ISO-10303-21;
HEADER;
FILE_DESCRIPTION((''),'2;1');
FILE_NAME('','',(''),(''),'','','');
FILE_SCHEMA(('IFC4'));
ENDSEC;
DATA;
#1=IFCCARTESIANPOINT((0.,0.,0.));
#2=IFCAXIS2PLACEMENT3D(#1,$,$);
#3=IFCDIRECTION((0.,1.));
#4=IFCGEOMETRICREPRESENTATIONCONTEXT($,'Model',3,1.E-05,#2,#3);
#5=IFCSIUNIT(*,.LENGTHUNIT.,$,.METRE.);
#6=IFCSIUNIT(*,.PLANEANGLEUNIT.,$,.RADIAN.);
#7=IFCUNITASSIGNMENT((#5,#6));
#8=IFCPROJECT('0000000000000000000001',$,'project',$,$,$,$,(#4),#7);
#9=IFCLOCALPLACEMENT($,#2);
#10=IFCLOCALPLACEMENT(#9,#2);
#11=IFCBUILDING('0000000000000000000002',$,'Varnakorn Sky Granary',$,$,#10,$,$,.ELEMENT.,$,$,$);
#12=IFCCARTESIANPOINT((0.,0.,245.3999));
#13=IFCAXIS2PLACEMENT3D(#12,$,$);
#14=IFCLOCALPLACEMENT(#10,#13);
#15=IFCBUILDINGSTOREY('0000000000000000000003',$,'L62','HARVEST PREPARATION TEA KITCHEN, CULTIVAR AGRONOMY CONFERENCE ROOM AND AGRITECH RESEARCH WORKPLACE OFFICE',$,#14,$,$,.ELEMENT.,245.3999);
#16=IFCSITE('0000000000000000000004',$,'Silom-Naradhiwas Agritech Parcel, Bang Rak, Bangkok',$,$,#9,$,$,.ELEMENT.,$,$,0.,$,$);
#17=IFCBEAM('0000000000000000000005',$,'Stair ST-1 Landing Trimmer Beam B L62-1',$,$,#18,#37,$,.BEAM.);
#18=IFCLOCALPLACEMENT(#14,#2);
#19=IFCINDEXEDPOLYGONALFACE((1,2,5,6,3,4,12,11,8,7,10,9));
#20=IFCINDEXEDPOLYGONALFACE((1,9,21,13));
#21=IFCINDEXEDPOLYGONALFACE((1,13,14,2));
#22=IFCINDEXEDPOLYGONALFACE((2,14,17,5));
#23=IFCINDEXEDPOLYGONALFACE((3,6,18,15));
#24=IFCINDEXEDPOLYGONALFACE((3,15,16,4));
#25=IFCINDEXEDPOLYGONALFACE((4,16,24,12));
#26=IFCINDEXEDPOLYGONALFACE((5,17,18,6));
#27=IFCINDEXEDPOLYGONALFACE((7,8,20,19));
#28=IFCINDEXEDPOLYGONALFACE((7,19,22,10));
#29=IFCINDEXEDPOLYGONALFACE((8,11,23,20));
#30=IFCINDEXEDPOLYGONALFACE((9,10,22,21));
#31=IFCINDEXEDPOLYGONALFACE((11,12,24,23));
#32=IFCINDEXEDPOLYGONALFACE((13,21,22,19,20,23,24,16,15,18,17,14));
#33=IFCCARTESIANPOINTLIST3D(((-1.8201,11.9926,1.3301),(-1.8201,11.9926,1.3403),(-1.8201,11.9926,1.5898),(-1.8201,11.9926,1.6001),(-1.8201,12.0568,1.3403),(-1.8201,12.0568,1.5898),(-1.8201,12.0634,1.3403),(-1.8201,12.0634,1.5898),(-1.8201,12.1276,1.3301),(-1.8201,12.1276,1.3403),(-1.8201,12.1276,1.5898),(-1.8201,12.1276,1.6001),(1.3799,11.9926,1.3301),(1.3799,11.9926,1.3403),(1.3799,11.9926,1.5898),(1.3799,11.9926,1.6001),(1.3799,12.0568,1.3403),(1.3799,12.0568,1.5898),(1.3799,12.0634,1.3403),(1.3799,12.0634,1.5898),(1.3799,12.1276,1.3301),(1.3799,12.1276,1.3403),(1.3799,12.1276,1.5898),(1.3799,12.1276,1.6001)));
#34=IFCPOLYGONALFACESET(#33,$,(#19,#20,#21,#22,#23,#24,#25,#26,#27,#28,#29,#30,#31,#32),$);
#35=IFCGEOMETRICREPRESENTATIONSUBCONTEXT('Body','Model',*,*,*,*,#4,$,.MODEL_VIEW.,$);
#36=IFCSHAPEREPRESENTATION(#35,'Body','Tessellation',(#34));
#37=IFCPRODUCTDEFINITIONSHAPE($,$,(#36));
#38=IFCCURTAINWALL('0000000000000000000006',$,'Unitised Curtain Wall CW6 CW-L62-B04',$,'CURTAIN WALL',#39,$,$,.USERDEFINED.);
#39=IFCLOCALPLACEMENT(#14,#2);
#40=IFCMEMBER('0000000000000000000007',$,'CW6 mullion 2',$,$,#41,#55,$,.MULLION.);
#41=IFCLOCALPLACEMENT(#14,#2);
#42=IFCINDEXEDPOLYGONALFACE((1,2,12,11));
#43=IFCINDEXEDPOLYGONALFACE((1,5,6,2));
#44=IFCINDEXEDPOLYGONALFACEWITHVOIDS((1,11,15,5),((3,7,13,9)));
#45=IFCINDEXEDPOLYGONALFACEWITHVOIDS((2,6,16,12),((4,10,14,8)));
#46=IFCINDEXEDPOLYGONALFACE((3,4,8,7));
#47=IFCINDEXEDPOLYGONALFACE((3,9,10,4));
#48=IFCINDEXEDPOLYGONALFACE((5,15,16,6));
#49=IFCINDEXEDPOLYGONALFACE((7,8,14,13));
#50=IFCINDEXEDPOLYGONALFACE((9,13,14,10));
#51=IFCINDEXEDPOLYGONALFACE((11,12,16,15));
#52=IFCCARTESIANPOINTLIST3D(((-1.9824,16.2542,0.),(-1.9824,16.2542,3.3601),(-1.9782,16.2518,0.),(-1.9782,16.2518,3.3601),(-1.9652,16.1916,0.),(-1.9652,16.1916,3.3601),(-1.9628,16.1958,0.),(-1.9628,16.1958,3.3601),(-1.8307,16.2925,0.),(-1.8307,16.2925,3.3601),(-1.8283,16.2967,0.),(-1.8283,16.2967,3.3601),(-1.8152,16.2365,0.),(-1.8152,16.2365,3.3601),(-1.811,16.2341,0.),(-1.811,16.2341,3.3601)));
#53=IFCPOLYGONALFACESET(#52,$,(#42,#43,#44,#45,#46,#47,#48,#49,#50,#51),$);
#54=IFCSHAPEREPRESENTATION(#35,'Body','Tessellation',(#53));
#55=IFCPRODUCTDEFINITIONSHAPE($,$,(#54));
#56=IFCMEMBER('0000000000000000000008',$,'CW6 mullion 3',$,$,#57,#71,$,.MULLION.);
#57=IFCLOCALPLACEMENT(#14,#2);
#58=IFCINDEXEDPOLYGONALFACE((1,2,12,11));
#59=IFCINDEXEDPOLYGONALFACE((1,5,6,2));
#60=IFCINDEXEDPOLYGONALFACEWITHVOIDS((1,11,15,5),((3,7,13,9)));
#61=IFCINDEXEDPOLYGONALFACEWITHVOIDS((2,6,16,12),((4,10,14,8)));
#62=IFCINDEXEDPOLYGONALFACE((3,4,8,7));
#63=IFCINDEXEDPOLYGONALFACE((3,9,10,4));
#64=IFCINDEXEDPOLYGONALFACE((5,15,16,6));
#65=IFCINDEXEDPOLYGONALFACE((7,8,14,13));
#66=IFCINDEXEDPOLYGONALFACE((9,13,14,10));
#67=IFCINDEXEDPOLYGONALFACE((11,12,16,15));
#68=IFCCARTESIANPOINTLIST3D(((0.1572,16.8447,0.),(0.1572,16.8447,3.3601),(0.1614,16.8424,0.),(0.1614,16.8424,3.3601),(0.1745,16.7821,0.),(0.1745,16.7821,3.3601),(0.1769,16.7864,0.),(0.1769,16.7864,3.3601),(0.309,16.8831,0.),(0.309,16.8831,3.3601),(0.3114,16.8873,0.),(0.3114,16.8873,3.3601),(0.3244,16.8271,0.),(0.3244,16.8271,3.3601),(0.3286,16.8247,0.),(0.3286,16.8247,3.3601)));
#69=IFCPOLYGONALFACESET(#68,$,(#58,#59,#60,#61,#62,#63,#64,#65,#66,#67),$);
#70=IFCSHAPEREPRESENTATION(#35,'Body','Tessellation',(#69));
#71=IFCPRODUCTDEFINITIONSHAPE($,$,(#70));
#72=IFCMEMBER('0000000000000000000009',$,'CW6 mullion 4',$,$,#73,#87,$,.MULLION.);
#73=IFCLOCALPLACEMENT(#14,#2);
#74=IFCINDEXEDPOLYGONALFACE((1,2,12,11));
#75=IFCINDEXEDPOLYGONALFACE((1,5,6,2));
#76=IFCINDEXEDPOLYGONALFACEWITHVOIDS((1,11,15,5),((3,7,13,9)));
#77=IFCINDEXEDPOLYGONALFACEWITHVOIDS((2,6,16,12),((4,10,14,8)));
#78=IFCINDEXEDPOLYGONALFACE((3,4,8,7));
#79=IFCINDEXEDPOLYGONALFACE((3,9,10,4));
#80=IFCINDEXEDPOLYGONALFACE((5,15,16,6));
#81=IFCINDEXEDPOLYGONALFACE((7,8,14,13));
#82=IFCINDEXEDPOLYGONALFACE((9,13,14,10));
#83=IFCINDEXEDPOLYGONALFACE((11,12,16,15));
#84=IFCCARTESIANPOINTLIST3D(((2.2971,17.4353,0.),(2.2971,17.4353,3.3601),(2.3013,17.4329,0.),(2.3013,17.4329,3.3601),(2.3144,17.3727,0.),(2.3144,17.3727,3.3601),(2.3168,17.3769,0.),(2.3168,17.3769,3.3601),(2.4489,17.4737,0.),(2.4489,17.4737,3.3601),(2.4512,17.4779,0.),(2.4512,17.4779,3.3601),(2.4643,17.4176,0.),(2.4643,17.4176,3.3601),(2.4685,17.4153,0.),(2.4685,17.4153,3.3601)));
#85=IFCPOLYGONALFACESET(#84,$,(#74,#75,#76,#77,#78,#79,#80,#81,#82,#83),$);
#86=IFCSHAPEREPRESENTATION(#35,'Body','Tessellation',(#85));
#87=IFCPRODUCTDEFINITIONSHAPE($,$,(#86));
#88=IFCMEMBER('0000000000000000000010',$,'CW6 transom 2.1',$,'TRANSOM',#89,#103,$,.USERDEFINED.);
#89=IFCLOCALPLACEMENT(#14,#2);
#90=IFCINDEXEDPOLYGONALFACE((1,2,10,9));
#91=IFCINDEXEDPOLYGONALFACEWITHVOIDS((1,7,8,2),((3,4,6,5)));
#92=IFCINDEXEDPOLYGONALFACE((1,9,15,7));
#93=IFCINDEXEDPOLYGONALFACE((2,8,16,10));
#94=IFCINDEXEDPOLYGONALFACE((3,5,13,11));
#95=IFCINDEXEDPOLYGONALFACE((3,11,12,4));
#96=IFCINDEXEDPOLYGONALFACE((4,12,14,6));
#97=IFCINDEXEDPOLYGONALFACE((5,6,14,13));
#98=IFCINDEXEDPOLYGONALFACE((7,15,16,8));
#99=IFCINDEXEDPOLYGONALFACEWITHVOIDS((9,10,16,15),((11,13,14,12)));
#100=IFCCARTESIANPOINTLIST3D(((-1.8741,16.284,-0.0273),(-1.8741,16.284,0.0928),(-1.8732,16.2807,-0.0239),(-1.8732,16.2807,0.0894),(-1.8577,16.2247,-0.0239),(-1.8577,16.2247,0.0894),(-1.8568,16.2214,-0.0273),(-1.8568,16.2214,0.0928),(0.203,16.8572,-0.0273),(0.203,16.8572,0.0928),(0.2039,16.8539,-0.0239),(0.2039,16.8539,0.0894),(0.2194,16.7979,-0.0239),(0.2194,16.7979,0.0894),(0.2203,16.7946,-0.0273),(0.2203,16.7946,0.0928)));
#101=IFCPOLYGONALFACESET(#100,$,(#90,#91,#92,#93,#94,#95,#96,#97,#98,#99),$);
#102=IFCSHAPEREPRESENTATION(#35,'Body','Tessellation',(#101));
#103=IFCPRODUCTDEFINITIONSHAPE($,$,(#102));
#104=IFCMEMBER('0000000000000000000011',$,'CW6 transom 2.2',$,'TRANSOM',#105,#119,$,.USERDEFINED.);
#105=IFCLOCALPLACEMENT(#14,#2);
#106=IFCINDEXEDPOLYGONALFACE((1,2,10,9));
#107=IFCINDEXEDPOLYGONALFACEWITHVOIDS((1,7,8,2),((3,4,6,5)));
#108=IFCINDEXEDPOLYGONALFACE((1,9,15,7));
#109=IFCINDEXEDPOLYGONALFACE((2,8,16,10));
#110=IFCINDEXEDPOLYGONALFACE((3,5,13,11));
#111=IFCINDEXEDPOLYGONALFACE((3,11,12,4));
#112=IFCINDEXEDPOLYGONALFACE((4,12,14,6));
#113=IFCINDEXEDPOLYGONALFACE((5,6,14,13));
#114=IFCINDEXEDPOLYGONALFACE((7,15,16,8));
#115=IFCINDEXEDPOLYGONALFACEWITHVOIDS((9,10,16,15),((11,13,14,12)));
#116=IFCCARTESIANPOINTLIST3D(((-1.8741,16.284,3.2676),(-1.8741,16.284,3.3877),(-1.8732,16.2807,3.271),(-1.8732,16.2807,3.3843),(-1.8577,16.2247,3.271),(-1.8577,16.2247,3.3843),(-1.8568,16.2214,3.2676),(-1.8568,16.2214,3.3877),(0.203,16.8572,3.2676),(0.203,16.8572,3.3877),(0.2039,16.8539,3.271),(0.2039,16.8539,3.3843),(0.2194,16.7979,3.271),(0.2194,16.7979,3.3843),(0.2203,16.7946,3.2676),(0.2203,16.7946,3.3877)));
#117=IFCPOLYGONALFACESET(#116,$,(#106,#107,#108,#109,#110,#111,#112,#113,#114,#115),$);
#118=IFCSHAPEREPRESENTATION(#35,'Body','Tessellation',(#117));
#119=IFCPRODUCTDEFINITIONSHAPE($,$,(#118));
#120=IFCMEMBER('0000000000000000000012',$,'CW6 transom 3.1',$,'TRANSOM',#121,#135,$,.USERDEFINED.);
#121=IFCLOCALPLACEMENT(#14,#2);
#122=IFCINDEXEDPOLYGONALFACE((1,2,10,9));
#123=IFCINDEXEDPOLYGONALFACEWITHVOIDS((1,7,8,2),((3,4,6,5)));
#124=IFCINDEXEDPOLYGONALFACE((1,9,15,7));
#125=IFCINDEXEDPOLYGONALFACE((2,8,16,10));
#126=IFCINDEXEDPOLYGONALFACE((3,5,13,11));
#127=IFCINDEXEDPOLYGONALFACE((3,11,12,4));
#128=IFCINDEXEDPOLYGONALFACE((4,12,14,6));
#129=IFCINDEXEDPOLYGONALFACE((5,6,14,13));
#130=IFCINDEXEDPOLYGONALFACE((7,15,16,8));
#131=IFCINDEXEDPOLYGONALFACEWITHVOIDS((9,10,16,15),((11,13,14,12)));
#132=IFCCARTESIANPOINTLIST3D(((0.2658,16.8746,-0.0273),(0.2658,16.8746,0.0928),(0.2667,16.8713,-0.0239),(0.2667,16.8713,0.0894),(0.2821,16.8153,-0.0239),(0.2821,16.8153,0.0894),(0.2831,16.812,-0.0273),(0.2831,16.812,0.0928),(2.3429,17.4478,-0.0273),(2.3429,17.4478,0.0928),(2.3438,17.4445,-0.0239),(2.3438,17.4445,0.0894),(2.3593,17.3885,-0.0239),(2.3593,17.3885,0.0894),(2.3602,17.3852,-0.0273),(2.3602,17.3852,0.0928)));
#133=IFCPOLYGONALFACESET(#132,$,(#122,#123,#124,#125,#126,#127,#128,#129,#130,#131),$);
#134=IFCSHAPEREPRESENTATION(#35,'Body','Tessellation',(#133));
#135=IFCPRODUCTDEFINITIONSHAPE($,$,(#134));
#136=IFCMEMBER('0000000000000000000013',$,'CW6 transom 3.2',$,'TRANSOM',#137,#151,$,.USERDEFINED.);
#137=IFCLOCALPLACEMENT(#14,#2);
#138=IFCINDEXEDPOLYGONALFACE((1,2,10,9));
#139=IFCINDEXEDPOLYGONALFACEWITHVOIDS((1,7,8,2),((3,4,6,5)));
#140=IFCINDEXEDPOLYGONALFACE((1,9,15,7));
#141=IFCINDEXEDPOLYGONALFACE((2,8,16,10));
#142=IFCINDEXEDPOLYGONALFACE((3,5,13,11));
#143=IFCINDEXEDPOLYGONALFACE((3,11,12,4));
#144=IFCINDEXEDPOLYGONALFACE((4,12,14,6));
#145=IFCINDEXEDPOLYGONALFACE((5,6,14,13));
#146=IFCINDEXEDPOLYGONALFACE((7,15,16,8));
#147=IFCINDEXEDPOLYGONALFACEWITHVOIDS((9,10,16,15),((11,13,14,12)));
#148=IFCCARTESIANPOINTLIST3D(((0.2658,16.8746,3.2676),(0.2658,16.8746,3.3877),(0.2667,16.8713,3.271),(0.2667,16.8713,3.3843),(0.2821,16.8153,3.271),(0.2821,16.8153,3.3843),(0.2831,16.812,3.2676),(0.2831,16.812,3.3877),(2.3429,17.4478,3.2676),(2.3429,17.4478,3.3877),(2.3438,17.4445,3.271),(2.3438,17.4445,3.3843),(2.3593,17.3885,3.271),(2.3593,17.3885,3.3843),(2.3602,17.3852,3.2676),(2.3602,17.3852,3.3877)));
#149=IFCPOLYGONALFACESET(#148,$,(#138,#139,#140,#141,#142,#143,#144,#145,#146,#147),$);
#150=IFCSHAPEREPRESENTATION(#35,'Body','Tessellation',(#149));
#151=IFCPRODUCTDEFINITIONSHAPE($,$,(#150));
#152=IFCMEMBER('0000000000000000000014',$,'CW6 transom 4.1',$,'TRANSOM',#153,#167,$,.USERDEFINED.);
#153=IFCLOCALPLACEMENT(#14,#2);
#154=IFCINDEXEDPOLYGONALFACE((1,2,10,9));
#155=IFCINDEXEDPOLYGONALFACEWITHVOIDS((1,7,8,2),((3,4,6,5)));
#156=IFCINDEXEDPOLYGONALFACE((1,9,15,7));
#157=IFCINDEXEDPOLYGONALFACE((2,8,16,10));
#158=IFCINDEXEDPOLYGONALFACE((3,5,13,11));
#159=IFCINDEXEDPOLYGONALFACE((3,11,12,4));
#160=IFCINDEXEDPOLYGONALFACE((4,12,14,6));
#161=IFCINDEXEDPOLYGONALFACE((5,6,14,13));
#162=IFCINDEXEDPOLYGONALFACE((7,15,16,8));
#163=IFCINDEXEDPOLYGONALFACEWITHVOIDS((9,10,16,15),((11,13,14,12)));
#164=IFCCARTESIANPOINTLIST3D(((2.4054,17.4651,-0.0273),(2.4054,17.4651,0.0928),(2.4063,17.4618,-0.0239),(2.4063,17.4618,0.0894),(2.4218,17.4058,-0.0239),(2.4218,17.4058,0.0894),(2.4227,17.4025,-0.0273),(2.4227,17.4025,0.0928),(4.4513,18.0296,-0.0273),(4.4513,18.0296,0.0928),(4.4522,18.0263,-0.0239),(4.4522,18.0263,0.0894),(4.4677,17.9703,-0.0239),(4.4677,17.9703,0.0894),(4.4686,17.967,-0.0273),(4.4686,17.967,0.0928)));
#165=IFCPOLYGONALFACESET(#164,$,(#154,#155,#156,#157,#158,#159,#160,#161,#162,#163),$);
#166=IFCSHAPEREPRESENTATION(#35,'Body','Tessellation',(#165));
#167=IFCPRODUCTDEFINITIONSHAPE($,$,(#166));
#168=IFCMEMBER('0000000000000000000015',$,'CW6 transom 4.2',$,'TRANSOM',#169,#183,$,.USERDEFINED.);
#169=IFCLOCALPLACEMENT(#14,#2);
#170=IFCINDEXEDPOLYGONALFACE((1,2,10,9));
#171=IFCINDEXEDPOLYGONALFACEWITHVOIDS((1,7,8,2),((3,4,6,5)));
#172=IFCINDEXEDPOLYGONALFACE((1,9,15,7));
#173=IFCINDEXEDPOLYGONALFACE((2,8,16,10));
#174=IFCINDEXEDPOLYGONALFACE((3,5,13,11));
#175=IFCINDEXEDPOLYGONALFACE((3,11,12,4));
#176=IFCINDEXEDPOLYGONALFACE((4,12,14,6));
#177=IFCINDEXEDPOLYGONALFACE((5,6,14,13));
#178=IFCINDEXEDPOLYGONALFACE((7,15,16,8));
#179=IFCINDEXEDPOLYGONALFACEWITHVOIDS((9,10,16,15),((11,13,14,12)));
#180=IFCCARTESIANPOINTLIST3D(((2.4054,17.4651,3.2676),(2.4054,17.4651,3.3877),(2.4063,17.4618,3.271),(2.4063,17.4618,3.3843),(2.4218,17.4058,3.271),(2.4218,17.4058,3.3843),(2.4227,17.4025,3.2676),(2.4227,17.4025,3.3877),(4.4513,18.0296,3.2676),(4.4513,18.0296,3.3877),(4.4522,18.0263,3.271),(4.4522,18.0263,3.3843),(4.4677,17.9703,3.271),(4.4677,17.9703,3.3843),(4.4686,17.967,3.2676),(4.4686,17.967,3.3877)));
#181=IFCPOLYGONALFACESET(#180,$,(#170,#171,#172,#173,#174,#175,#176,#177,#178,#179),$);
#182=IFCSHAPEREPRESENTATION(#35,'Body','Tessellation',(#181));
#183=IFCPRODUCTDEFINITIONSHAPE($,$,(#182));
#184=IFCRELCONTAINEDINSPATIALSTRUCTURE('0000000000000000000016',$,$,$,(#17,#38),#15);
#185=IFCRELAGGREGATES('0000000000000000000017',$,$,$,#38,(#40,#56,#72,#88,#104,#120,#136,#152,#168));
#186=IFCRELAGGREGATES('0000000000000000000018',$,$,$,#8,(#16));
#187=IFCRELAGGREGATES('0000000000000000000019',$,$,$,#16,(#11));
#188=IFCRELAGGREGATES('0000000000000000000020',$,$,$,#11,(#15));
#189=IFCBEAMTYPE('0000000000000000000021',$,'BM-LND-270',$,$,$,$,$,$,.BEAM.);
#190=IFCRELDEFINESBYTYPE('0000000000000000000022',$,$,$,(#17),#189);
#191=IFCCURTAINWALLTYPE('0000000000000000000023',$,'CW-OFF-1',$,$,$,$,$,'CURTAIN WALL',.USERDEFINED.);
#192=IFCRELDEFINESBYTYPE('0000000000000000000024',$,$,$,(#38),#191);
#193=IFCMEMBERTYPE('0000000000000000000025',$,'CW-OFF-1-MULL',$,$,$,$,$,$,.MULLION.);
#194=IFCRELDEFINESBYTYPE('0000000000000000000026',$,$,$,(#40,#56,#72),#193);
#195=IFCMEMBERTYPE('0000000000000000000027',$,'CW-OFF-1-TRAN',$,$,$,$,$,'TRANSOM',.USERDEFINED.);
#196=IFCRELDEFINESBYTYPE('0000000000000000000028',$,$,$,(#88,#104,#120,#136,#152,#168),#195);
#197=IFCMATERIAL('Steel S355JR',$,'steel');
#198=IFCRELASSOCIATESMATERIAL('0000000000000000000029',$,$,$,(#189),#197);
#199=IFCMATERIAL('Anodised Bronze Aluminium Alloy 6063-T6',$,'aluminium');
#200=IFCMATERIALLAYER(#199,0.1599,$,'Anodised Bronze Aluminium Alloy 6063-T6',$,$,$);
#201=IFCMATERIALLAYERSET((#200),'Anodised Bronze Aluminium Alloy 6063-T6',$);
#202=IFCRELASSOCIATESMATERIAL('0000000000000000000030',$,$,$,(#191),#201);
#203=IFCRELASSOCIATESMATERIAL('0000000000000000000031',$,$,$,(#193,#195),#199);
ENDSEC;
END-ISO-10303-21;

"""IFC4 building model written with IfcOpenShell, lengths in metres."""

from ifc_helpers import new_model, si_unit, direction, frame, origin, origin_2d, place, context, subcontext, project, spatial, hollow_rectangle, i_section, extrude, material, layer, layer_set, material_profile, profile_set, type_object, element, aggregate, save


model = new_model("IFC4")

# Units and contexts
model_context = context("Model", 3, precision=1e-05, world=origin(), true_north=direction((0.0, 1.0)))
body_context = subcontext(model_context, "Body", "Model", "MODEL_VIEW")
ifc_project = project(units=[si_unit("LENGTHUNIT", "METRE"), si_unit("PLANEANGLEUNIT", "RADIAN")], contexts=[model_context])

# Site, building, storey
site_placement = place(None, origin())
site = spatial("IfcSite", under=ifc_project, at=site_placement, Name="Silom-Naradhiwas Agritech Parcel, Bang Rak, Bangkok", CompositionType="ELEMENT", RefElevation=0.0)
building_placement = place(site_placement, origin())
building = spatial("IfcBuilding", under=site, at=building_placement, Name="Varnakorn Sky Granary", CompositionType="ELEMENT")
storey_placement = place(building_placement, frame((0.0, 0.0, 245.3999)))
storey = spatial("IfcBuildingStorey", under=building, at=storey_placement, Name="L62", Description="HARVEST PREPARATION TEA KITCHEN, CULTIVAR AGRONOMY CONFERENCE ROOM AND AGRITECH RESEARCH WORKPLACE OFFICE", CompositionType="ELEMENT", Elevation=245.3999)

# Beam
ifc_material_1 = material(Name="Steel S355JR", Category="steel")
ifc_material_profile_1 = material_profile(ifc_material_1, i_section(OverallWidth=0.135, OverallDepth=0.27, WebThickness=0.0066, FlangeThickness=0.0103, at=origin_2d()), Name="IPE 270")
ifc_profile_set_1 = profile_set([ifc_material_profile_1], Name="Steel S355JR")
beam_type = type_object("IfcBeamType", Name="BM-LND-270", PredefinedType="BEAM", material=ifc_profile_set_1)
beam_placement = place(storey_placement, frame((-1.8201, 12.0601, 1.4651), z_axis=(1.0, 0.0, 0.0), x_axis=(0.0, 1.0, 0.0)))
element("IfcBeam", 1, at=beam_placement, inside=storey, type_object=beam_type, Name="Stair ST-1 Landing Trimmer Beam B L62-1", PredefinedType="BEAM", context=body_context, shape_type="SweptSolid", body=[
    extrude(i_section(OverallWidth=0.135, OverallDepth=0.27, WebThickness=0.0066, FlangeThickness=0.0103, at=origin_2d()), origin(), (0.0, 0.0, 1.0), 3.2),
])

# Curtain wall, members
ifc_material_2 = material(Name="Anodised Bronze Aluminium Alloy 6063-T6", Category="aluminium")
ifc_layer_1 = layer(ifc_material_2, 0.1599, Name="Anodised Bronze Aluminium Alloy 6063-T6")
ifc_layer_set_1 = layer_set([ifc_layer_1], Name="Anodised Bronze Aluminium Alloy 6063-T6")
curtain_wall_type = type_object("IfcCurtainWallType", Name="CW-OFF-1", ElementType="CURTAIN WALL", PredefinedType="USERDEFINED", material=ifc_layer_set_1)
curtain_wall_placement = place(storey_placement, origin())
curtain_wall = element("IfcCurtainWall", 2, at=curtain_wall_placement, inside=storey, type_object=curtain_wall_type, Name="Unitised Curtain Wall CW6 CW-L62-B04", ObjectType="CURTAIN WALL", PredefinedType="USERDEFINED")
ifc_material_profile_2 = material_profile(ifc_material_2, hollow_rectangle(XDim=0.0649, YDim=0.1599, WallThickness=0.0034, at=origin_2d()), Name="ALU MULL 65x160")
ifc_profile_set_2 = profile_set([ifc_material_profile_2], Name="Anodised Bronze Aluminium Alloy 6063-T6")
member_type_1 = type_object("IfcMemberType", Name="CW-OFF-1-MULL", PredefinedType="MULLION", material=ifc_profile_set_2)
member_1_placement = place(storey_placement, frame((-1.8967, 16.2441, 0.0), z_axis=(0.0, 0.0, 1.0), x_axis=(-0.266022, 0.963967, 0.0)))
member_1 = element("IfcMember", 3, at=member_1_placement, type_object=member_type_1, Name="CW6 mullion 2", PredefinedType="MULLION", context=body_context, shape_type="SweptSolid", body=[
    extrude(hollow_rectangle(XDim=0.0649, YDim=0.1599, WallThickness=0.0034, at=origin_2d()), origin(), (0.0, 0.0, 1.0), 3.3601),
])
member_2_placement = place(storey_placement, frame((0.2429, 16.8347, 0.0), z_axis=(0.0, 0.0, 1.0), x_axis=(-0.266022, 0.963967, 0.0)))
member_2 = element("IfcMember", 4, at=member_2_placement, type_object=member_type_1, Name="CW6 mullion 3", PredefinedType="MULLION", context=body_context, shape_type="SweptSolid", body=[
    extrude(hollow_rectangle(XDim=0.0649, YDim=0.1599, WallThickness=0.0034, at=origin_2d()), origin(), (0.0, 0.0, 1.0), 3.3601),
])
member_3_placement = place(storey_placement, frame((2.3828, 17.4253, 0.0), z_axis=(0.0, 0.0, 1.0), x_axis=(-0.266022, 0.963967, 0.0)))
member_3 = element("IfcMember", 5, at=member_3_placement, type_object=member_type_1, Name="CW6 mullion 4", PredefinedType="MULLION", context=body_context, shape_type="SweptSolid", body=[
    extrude(hollow_rectangle(XDim=0.0649, YDim=0.1599, WallThickness=0.0034, at=origin_2d()), origin(), (0.0, 0.0, 1.0), 3.3601),
])
ifc_material_profile_3 = material_profile(ifc_material_2, hollow_rectangle(XDim=0.0649, YDim=0.1201, WallThickness=0.0034, at=origin_2d()), Name="ALU TRAN 65x120")
ifc_profile_set_3 = profile_set([ifc_material_profile_3], Name="Anodised Bronze Aluminium Alloy 6063-T6")
member_type_2 = type_object("IfcMemberType", Name="CW-OFF-1-TRAN", ElementType="TRANSOM", PredefinedType="USERDEFINED", material=ifc_profile_set_3)
member_4_placement = place(storey_placement, frame((-1.8655, 16.2527, 0.0327), z_axis=(0.963965, 0.266031, 0.0), x_axis=(-0.266031, 0.963965, 0.0)))
member_4 = element("IfcMember", 6, at=member_4_placement, type_object=member_type_2, Name="CW6 transom 2.1", ObjectType="TRANSOM", PredefinedType="USERDEFINED", context=body_context, shape_type="SweptSolid", body=[
    extrude(hollow_rectangle(XDim=0.0649, YDim=0.1201, WallThickness=0.0034, at=origin_2d()), origin(), (0.0, 0.0, 1.0), 2.1548),
])
member_5_placement = place(storey_placement, frame((-1.8655, 16.2527, 3.3276), z_axis=(0.963965, 0.266031, 0.0), x_axis=(-0.266031, 0.963965, 0.0)))
member_5 = element("IfcMember", 7, at=member_5_placement, type_object=member_type_2, Name="CW6 transom 2.2", ObjectType="TRANSOM", PredefinedType="USERDEFINED", context=body_context, shape_type="SweptSolid", body=[
    extrude(hollow_rectangle(XDim=0.0649, YDim=0.1201, WallThickness=0.0034, at=origin_2d()), origin(), (0.0, 0.0, 1.0), 2.1548),
])
member_6_placement = place(storey_placement, frame((0.2744, 16.8433, 0.0327), z_axis=(0.963965, 0.266031, 0.0), x_axis=(-0.266031, 0.963965, 0.0)))
member_6 = element("IfcMember", 8, at=member_6_placement, type_object=member_type_2, Name="CW6 transom 3.1", ObjectType="TRANSOM", PredefinedType="USERDEFINED", context=body_context, shape_type="SweptSolid", body=[
    extrude(hollow_rectangle(XDim=0.0649, YDim=0.1201, WallThickness=0.0034, at=origin_2d()), origin(), (0.0, 0.0, 1.0), 2.1548),
])
member_7_placement = place(storey_placement, frame((0.2744, 16.8433, 3.3276), z_axis=(0.963965, 0.266031, 0.0), x_axis=(-0.266031, 0.963965, 0.0)))
member_7 = element("IfcMember", 9, at=member_7_placement, type_object=member_type_2, Name="CW6 transom 3.2", ObjectType="TRANSOM", PredefinedType="USERDEFINED", context=body_context, shape_type="SweptSolid", body=[
    extrude(hollow_rectangle(XDim=0.0649, YDim=0.1201, WallThickness=0.0034, at=origin_2d()), origin(), (0.0, 0.0, 1.0), 2.1548),
])
member_8_placement = place(storey_placement, frame((2.4141, 17.4338, 0.0327), z_axis=(0.963984, 0.265958, 0.0), x_axis=(-0.265958, 0.963984, 0.0)))
member_8 = element("IfcMember", 10, at=member_8_placement, type_object=member_type_2, Name="CW6 transom 4.1", ObjectType="TRANSOM", PredefinedType="USERDEFINED", context=body_context, shape_type="SweptSolid", body=[
    extrude(hollow_rectangle(XDim=0.0649, YDim=0.1201, WallThickness=0.0034, at=origin_2d()), origin(), (0.0, 0.0, 1.0), 2.1223),
])
member_9_placement = place(storey_placement, frame((2.4141, 17.4338, 3.3276), z_axis=(0.963984, 0.265958, 0.0), x_axis=(-0.265958, 0.963984, 0.0)))
member_9 = element("IfcMember", 11, at=member_9_placement, type_object=member_type_2, Name="CW6 transom 4.2", ObjectType="TRANSOM", PredefinedType="USERDEFINED", context=body_context, shape_type="SweptSolid", body=[
    extrude(hollow_rectangle(XDim=0.0649, YDim=0.1201, WallThickness=0.0034, at=origin_2d()), origin(), (0.0, 0.0, 1.0), 2.1223),
])

aggregate(curtain_wall, [member_1, member_2, member_3, member_4, member_5, member_6, member_7, member_8, member_9])

save(model, "model.ifc")
